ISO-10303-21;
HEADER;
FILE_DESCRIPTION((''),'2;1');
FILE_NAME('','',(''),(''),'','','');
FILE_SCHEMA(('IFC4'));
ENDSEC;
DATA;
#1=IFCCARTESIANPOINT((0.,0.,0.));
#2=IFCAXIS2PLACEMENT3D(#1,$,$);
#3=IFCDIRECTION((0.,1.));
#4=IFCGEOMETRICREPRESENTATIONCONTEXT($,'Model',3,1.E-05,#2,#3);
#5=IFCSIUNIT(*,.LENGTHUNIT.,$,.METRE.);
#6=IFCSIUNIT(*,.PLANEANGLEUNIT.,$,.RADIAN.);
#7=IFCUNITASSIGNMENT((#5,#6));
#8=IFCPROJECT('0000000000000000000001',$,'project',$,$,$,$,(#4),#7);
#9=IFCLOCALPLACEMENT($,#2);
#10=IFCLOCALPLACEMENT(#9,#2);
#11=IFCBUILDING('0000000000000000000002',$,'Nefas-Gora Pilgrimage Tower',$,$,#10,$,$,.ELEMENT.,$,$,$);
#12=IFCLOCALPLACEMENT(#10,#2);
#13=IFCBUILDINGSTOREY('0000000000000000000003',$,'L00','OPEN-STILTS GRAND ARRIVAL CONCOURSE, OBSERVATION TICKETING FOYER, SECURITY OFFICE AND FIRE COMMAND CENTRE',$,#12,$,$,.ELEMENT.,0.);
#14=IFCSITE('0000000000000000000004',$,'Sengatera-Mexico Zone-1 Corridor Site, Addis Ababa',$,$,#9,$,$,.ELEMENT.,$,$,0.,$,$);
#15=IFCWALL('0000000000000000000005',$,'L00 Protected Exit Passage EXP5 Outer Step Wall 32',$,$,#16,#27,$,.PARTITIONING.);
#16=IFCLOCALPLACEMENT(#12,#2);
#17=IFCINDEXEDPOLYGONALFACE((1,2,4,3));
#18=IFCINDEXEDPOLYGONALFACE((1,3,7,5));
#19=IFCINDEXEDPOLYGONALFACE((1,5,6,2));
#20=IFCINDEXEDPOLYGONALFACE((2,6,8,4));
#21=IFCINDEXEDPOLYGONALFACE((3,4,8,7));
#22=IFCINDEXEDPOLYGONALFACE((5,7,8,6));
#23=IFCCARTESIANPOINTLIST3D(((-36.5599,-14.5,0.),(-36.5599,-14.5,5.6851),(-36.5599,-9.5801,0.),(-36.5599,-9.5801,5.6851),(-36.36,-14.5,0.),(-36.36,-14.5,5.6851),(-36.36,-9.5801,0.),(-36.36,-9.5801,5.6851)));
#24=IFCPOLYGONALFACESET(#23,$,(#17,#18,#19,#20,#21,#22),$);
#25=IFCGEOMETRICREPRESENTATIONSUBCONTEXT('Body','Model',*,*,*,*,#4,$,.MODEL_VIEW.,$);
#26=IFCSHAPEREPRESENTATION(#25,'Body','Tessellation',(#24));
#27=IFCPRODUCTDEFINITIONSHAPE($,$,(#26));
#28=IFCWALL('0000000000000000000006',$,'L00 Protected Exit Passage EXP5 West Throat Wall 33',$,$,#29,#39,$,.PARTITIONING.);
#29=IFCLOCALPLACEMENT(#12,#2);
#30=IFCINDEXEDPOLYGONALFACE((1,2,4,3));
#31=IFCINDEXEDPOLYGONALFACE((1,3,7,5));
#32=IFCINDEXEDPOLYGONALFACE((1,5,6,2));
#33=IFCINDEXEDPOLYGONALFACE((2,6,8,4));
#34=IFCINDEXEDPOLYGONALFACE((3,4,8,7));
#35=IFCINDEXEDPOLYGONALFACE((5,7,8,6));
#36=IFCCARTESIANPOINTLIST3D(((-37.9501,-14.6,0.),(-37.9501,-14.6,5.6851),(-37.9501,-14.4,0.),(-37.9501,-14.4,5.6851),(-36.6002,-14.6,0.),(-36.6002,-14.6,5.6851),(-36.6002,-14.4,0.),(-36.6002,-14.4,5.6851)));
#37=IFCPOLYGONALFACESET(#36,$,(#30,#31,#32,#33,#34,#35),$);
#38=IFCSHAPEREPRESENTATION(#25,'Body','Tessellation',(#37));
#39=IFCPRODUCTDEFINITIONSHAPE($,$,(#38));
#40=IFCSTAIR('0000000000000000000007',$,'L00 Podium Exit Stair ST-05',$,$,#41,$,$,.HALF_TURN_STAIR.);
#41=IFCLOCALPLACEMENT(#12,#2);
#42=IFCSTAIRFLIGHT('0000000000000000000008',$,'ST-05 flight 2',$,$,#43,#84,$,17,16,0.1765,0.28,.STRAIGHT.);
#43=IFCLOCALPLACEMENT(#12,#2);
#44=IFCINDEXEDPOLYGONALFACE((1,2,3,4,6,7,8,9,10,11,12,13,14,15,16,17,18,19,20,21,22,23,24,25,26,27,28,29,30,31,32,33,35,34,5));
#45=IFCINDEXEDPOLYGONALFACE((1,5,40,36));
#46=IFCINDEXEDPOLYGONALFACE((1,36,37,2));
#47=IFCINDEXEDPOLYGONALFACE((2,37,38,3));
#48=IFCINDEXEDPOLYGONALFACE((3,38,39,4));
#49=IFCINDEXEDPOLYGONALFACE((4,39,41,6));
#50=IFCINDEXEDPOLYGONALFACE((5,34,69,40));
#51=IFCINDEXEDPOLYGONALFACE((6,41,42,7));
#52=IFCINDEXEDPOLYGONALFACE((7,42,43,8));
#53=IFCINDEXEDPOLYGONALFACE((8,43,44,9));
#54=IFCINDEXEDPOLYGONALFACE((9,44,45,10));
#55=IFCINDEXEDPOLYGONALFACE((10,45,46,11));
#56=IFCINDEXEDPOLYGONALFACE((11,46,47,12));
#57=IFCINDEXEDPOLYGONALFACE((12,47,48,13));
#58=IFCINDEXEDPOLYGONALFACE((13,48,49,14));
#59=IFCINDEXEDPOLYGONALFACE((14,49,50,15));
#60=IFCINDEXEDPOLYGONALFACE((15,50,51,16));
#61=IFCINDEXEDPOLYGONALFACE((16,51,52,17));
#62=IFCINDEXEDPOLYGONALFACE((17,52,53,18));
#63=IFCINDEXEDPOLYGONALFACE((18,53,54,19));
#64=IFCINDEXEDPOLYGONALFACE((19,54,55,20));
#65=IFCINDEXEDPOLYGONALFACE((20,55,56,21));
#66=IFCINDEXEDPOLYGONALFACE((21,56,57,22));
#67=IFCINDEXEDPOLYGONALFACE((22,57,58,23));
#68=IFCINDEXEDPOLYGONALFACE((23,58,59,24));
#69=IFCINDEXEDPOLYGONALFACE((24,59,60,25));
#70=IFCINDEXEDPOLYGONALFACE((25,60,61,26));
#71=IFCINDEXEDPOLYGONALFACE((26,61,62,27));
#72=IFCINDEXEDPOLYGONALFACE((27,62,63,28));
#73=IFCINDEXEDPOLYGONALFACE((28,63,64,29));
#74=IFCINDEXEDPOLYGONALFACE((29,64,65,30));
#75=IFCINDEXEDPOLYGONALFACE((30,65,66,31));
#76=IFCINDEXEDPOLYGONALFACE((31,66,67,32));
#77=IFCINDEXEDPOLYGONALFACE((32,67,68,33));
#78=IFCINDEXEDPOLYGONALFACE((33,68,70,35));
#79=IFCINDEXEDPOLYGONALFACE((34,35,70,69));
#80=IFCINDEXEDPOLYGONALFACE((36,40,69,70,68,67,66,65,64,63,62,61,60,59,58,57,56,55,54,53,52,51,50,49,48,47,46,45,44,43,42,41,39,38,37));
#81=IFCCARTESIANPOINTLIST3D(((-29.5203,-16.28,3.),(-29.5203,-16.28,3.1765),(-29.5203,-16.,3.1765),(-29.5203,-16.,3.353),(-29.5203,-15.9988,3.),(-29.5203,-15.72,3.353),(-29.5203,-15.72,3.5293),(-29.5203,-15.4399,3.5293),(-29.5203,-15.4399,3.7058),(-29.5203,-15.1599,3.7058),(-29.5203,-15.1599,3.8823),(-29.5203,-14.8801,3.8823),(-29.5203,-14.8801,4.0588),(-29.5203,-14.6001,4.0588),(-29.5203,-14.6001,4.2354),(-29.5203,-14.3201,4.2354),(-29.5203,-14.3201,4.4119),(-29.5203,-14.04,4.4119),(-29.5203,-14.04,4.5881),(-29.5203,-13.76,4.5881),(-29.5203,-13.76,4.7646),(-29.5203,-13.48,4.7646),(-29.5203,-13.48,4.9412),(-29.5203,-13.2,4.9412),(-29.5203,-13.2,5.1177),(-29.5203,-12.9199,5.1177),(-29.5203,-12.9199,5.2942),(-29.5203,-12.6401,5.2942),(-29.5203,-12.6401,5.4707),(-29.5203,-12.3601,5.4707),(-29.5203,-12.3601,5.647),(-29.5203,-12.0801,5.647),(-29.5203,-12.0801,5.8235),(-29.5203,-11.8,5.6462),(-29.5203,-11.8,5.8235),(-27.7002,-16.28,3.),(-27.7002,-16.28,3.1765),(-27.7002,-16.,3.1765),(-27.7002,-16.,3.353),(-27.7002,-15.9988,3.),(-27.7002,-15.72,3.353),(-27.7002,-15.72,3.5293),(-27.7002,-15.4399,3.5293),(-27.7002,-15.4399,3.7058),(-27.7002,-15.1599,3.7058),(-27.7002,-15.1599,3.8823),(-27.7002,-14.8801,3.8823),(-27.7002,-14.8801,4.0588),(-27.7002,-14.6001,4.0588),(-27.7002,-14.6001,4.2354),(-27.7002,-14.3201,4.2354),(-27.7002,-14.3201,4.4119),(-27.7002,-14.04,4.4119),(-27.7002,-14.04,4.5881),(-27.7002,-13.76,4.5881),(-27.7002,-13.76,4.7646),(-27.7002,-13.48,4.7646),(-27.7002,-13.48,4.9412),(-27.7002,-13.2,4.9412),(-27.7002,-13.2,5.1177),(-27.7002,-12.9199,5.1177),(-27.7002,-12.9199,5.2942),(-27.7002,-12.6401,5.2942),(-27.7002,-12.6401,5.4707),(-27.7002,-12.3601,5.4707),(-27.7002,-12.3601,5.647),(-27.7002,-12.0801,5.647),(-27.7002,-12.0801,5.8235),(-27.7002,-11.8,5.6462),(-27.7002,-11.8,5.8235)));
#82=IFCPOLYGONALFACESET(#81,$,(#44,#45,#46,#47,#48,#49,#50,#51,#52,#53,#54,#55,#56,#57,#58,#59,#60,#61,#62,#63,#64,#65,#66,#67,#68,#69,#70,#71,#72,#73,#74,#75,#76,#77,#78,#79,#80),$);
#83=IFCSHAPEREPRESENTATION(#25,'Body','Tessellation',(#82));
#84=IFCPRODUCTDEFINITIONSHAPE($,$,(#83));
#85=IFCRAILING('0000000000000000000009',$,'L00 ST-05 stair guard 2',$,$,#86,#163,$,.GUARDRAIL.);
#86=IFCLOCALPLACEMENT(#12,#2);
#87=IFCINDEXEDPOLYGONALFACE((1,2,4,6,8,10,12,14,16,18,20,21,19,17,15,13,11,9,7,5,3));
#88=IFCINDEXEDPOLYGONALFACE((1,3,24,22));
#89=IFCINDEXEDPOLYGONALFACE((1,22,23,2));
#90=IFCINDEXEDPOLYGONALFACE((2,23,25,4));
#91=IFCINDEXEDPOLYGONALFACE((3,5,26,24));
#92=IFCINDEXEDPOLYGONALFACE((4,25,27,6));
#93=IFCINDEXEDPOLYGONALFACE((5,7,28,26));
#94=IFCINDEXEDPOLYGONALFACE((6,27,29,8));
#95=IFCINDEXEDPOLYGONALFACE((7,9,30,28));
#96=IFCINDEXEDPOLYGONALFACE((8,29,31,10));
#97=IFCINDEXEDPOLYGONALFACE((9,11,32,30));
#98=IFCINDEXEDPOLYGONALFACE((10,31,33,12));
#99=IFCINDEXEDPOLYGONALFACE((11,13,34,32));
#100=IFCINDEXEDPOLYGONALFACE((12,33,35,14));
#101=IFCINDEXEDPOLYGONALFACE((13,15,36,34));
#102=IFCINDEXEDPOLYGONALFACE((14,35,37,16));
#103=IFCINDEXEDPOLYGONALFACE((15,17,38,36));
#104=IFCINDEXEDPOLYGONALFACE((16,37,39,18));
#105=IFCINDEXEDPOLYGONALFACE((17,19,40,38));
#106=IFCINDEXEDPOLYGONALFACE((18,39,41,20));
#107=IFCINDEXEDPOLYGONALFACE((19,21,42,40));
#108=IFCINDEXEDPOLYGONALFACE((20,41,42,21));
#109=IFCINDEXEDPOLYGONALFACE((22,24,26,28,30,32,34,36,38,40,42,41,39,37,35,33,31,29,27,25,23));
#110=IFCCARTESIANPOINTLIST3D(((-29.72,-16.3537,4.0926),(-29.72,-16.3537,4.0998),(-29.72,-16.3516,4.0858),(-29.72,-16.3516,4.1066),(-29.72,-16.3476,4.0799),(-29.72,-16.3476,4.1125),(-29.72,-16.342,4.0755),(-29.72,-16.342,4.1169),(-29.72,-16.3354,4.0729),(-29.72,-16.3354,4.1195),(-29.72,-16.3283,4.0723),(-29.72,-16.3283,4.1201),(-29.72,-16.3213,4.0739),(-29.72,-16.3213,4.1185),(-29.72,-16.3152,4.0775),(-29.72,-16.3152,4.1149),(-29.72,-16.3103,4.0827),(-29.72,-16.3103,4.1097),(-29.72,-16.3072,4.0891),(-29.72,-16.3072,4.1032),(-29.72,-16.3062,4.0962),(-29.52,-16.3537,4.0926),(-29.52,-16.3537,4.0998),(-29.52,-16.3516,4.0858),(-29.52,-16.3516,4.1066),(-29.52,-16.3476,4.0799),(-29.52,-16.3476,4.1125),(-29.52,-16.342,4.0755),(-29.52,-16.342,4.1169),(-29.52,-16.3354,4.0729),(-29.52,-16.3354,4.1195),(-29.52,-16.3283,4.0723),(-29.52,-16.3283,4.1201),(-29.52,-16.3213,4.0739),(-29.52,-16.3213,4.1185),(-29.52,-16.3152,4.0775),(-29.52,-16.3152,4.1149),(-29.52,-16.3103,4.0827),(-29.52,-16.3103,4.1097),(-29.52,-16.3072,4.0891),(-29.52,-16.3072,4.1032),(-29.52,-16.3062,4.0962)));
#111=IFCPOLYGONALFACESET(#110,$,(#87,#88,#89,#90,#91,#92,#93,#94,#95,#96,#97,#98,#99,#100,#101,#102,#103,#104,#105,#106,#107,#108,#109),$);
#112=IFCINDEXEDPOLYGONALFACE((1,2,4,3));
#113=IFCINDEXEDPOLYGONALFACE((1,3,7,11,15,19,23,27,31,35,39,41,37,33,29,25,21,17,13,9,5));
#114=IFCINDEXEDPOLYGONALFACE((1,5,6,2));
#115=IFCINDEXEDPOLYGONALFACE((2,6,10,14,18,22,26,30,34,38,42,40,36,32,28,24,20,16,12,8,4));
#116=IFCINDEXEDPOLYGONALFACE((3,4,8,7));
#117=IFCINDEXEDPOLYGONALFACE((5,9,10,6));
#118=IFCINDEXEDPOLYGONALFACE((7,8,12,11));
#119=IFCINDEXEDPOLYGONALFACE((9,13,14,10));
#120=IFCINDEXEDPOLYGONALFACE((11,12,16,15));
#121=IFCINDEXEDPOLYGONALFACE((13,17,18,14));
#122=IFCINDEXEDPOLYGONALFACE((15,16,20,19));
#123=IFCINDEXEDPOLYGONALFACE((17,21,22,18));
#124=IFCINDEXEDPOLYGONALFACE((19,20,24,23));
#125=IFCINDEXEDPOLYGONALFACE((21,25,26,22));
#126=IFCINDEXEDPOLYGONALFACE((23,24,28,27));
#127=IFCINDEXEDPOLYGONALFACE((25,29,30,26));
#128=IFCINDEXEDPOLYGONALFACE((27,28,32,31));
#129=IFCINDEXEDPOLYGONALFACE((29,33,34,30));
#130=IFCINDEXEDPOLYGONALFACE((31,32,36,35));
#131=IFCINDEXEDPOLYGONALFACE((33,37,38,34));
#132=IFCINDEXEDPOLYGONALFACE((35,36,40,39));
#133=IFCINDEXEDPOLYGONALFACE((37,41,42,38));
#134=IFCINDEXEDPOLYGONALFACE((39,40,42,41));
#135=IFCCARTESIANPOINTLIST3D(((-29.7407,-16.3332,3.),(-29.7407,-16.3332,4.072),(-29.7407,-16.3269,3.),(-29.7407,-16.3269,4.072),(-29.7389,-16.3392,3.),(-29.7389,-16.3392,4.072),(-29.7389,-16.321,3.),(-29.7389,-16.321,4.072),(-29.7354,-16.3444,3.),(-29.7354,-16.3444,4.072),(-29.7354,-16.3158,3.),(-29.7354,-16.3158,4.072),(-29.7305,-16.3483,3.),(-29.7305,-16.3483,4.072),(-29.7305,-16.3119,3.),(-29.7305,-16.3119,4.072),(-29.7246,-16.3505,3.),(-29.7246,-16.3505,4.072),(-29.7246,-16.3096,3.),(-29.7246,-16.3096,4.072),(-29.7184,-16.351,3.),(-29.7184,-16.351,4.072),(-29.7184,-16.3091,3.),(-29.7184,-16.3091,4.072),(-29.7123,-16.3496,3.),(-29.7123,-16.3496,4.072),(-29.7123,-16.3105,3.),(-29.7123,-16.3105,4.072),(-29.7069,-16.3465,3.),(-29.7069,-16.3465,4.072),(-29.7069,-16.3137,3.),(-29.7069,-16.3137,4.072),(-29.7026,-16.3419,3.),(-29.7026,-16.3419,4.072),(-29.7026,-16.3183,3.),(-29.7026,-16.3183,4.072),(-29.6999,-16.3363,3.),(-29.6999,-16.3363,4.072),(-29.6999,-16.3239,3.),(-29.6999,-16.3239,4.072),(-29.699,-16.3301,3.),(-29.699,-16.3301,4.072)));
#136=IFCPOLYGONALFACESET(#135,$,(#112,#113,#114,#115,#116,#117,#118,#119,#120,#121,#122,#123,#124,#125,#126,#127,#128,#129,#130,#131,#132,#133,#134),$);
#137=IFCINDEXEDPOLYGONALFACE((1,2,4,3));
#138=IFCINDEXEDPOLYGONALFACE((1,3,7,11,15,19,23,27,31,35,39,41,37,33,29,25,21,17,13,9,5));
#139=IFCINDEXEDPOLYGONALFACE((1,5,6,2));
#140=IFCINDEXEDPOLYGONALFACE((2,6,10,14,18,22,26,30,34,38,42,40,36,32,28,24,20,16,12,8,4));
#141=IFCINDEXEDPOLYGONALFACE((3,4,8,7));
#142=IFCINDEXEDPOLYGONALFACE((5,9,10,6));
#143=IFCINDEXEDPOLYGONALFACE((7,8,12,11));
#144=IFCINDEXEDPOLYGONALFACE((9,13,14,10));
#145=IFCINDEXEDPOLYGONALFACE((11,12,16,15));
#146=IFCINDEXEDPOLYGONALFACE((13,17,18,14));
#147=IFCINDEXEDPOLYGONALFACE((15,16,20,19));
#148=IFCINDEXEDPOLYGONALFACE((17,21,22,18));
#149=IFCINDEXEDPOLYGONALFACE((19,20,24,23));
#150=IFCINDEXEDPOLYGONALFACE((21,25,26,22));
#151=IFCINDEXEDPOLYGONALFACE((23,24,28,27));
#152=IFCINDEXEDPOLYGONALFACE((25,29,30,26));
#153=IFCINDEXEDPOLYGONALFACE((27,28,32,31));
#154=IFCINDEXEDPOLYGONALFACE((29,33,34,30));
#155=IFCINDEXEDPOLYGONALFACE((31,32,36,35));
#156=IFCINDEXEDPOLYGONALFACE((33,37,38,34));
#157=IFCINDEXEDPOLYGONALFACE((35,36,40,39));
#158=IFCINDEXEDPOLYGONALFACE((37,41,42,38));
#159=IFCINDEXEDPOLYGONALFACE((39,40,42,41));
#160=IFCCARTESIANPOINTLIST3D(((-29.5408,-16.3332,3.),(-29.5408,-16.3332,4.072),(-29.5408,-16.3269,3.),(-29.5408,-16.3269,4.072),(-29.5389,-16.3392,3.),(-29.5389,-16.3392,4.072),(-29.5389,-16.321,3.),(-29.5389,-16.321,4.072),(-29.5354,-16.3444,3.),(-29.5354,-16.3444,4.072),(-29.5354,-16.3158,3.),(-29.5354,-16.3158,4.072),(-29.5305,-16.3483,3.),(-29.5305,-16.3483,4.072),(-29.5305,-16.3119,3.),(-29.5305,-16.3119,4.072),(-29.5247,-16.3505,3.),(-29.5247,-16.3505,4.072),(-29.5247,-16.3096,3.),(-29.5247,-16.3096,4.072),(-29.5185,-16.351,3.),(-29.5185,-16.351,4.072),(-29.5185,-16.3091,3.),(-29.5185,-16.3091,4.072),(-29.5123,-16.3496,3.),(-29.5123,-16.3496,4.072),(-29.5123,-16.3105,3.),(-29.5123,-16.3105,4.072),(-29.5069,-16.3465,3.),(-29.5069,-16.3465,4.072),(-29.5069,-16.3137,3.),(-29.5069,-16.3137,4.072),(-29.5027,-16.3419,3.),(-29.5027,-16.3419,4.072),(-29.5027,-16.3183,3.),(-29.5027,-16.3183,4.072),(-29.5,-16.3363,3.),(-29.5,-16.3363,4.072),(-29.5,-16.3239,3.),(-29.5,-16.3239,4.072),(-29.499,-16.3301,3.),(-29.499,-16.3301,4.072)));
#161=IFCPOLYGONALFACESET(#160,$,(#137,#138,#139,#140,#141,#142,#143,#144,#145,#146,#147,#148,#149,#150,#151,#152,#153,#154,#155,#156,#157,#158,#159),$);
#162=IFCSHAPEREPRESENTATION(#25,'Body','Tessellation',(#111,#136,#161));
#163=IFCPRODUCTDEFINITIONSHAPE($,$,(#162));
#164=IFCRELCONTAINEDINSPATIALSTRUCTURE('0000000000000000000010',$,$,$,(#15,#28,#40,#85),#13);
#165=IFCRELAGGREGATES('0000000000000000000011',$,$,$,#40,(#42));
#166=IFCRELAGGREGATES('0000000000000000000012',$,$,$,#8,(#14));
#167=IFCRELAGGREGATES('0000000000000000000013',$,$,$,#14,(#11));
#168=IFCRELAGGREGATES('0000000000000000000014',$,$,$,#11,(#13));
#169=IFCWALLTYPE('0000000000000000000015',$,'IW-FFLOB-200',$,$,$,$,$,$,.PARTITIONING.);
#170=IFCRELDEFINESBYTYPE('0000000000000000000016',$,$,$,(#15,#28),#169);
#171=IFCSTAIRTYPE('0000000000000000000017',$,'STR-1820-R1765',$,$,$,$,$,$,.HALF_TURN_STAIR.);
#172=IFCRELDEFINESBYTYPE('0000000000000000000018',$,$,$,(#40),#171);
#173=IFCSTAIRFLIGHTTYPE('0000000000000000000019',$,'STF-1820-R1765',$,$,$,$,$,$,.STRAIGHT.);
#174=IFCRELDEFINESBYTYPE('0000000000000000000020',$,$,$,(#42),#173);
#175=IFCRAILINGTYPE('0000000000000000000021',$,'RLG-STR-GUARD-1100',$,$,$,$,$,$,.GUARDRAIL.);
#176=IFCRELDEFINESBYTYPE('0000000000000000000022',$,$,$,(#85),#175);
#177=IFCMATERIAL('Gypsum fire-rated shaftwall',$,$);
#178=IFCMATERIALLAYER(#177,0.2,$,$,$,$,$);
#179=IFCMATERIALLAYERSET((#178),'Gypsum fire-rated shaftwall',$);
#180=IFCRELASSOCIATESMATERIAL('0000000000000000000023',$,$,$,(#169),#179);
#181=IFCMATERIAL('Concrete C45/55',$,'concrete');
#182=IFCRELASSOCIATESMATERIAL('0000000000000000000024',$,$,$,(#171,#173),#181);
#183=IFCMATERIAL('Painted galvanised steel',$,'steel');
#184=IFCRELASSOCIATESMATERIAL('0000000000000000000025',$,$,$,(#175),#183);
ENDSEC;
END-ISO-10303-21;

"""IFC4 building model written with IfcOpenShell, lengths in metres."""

from ifc_helpers import new_model, si_unit, direction, frame, frame_2d, origin, origin_2d, place, context, subcontext, project, spatial, polyline, rectangle, circle, outline, extrude, source, transform, mapped, material, layer, layer_set, type_object, element, aggregate, save


model = new_model("IFC4")

# Units and contexts
model_context = context("Model", 3, precision=1e-05, world=origin(), true_north=direction((0.0, 1.0)))
body_context = subcontext(model_context, "Body", "Model", "MODEL_VIEW")
ifc_project = project(units=[si_unit("LENGTHUNIT", "METRE"), si_unit("PLANEANGLEUNIT", "RADIAN")], contexts=[model_context])

# Site, building, storey
site_placement = place(None, origin())
site = spatial("IfcSite", under=ifc_project, at=site_placement, Name="Sengatera-Mexico Zone-1 Corridor Site, Addis Ababa", CompositionType="ELEMENT", RefElevation=0.0)
building_placement = place(site_placement, origin())
building = spatial("IfcBuilding", under=site, at=building_placement, Name="Nefas-Gora Pilgrimage Tower", CompositionType="ELEMENT")
storey_placement = place(building_placement, origin())
storey = spatial("IfcBuildingStorey", under=building, at=storey_placement, Name="L00", Description="OPEN-STILTS GRAND ARRIVAL CONCOURSE, OBSERVATION TICKETING FOYER, SECURITY OFFICE AND FIRE COMMAND CENTRE", CompositionType="ELEMENT", Elevation=0.0)

# Shared definitions
ifc_material_1 = material(Name="Concrete C45/55", Category="concrete")

# Walls
ifc_material_2 = material(Name="Gypsum fire-rated shaftwall")
ifc_layer_1 = layer(ifc_material_2, 0.2)
ifc_layer_set_1 = layer_set([ifc_layer_1], Name="Gypsum fire-rated shaftwall")
wall_type_1 = type_object("IfcWallType", Name="IW-FFLOB-200", PredefinedType="PARTITIONING", material=ifc_layer_set_1)
shared_shape_1 = source(origin(), body_context, "Body", "SweptSolid", [
    extrude(rectangle(XDim=4.9199, YDim=0.2, at=frame_2d((2.46, 0.0))), origin(), (0.0, 0.0, 1.0), 5.6851),
])
wall_1_placement = place(storey_placement, frame((-36.46, -14.5, 0.0), z_axis=(0.0, 0.0, 1.0), x_axis=(0.0, 1.0, 0.0)))
element("IfcWall", 1, at=wall_1_placement, inside=storey, type_object=wall_type_1, Name="L00 Protected Exit Passage EXP5 Outer Step Wall 32", PredefinedType="PARTITIONING", context=body_context, shape_type="MappedRepresentation", body=[
    mapped(shared_shape_1, transform((0.0, 0.0, 0.0), x_axis=(1.0, 0.0, 0.0), y_axis=(0.0, 1.0, 0.0), z_axis=(0.0, 0.0, 1.0), scale=1.0)),
])
shared_shape_2 = source(origin(), body_context, "Body", "SweptSolid", [
    extrude(rectangle(XDim=1.3499, YDim=0.2, at=frame_2d((0.6748, 0.0))), origin(), (0.0, 0.0, 1.0), 5.6851),
])
wall_2_placement = place(storey_placement, frame((-37.95, -14.5, 0.0), z_axis=(0.0, 0.0, 1.0), x_axis=(1.0, 0.0, 0.0)))
element("IfcWall", 2, at=wall_2_placement, inside=storey, type_object=wall_type_1, Name="L00 Protected Exit Passage EXP5 West Throat Wall 33", PredefinedType="PARTITIONING", context=body_context, shape_type="MappedRepresentation", body=[
    mapped(shared_shape_2, transform((0.0, 0.0, 0.0), x_axis=(1.0, 0.0, 0.0), y_axis=(0.0, 1.0, 0.0), z_axis=(0.0, 0.0, 1.0), scale=1.0)),
])

# Stair, stair flight
stair_type = type_object("IfcStairType", Name="STR-1820-R1765", PredefinedType="HALF_TURN_STAIR", material=ifc_material_1)
stair_placement = place(storey_placement, origin())
stair = element("IfcStair", 3, at=stair_placement, inside=storey, type_object=stair_type, Name="L00 Podium Exit Stair ST-05", PredefinedType="HALF_TURN_STAIR")
stair_flight_type = type_object("IfcStairFlightType", Name="STF-1820-R1765", PredefinedType="STRAIGHT", material=ifc_material_1)
shared_shape_3 = source(origin(), body_context, "Body", "SweptSolid", [
    extrude(outline(polyline([(0.0, 0.0), (0.0, 0.1765), (0.28, 0.1765), (0.28, 0.353), (0.5601, 0.353), (0.5601, 0.5293), (0.8401, 0.5293), (0.8401, 0.7058), (1.1201, 0.7058), (1.1201, 0.8823), (1.3999, 0.8823), (1.3999, 1.0588), (1.6799, 1.0588), (1.6799, 1.2354), (1.96, 1.2354), (1.96, 1.4119), (2.24, 1.4119), (2.24, 1.5881), (2.52, 1.5881), (2.52, 1.7646), (2.8, 1.7646), (2.8, 1.9412), (3.0801, 1.9412), (3.0801, 2.1177), (3.3601, 2.1177), (3.3601, 2.2942), (3.6399, 2.2942), (3.6399, 2.4707), (3.9199, 2.4707), (3.9199, 2.647), (4.2, 2.647), (4.2, 2.8235), (4.48, 2.8235), (4.48, 3.0), (4.48, 2.6462), (0.2812, 0.0), (0.0, 0.0)])), frame((0.0, 0.9102, 0.0), z_axis=(0.0, -1.0, 0.0), x_axis=(1.0, 0.0, 0.0)), (0.0, 0.0, 1.0), 1.8201),
])
stair_flight_placement = place(storey_placement, frame((-28.6101, -16.28, 3.0), z_axis=(0.0, 0.0, 1.0), x_axis=(0.0, 1.0, 0.0)))
stair_flight = element("IfcStairFlight", 4, at=stair_flight_placement, type_object=stair_flight_type, Name="ST-05 flight 2", NumberOfRisers=17, NumberOfTreads=16, PredefinedType="STRAIGHT", RiserHeight=0.1765, TreadLength=0.28, context=body_context, shape_type="MappedRepresentation", body=[
    mapped(shared_shape_3, transform((0.0, 0.0, 0.0), x_axis=(1.0, 0.0, 0.0), y_axis=(0.0, 1.0, 0.0), z_axis=(0.0, 0.0, 1.0), scale=1.0)),
])
aggregate(stair, [stair_flight])

# Railing
ifc_material_3 = material(Name="Painted galvanised steel", Category="steel")
railing_type_1 = type_object("IfcRailingType", Name="RLG-STR-GUARD-1100", PredefinedType="GUARDRAIL", material=ifc_material_3)
railing_1_placement = place(storey_placement, frame((-29.72, -16.3301, 3.0)))
element("IfcRailing", 5, at=railing_1_placement, inside=storey, type_object=railing_type_1, Name="L00 ST-05 stair guard 2", PredefinedType="GUARDRAIL", context=body_context, shape_type="SweptSolid", body=[
    extrude(circle(Radius=0.0239, at=origin_2d()), frame((0.0, 0.0, 1.0962), z_axis=(1.0, 0.0, 0.0), x_axis=(0.0, 1.0, 0.0)), (0.0, 0.0, 1.0), 0.2),
    extrude(circle(Radius=0.021, at=origin_2d()), origin(), (0.0, 0.0, 1.0), 1.072),
    extrude(circle(Radius=0.021, at=origin_2d()), frame((0.2, 0.0, 0.0)), (0.0, 0.0, 1.0), 1.072),
])

save(model, "model.ifc")
